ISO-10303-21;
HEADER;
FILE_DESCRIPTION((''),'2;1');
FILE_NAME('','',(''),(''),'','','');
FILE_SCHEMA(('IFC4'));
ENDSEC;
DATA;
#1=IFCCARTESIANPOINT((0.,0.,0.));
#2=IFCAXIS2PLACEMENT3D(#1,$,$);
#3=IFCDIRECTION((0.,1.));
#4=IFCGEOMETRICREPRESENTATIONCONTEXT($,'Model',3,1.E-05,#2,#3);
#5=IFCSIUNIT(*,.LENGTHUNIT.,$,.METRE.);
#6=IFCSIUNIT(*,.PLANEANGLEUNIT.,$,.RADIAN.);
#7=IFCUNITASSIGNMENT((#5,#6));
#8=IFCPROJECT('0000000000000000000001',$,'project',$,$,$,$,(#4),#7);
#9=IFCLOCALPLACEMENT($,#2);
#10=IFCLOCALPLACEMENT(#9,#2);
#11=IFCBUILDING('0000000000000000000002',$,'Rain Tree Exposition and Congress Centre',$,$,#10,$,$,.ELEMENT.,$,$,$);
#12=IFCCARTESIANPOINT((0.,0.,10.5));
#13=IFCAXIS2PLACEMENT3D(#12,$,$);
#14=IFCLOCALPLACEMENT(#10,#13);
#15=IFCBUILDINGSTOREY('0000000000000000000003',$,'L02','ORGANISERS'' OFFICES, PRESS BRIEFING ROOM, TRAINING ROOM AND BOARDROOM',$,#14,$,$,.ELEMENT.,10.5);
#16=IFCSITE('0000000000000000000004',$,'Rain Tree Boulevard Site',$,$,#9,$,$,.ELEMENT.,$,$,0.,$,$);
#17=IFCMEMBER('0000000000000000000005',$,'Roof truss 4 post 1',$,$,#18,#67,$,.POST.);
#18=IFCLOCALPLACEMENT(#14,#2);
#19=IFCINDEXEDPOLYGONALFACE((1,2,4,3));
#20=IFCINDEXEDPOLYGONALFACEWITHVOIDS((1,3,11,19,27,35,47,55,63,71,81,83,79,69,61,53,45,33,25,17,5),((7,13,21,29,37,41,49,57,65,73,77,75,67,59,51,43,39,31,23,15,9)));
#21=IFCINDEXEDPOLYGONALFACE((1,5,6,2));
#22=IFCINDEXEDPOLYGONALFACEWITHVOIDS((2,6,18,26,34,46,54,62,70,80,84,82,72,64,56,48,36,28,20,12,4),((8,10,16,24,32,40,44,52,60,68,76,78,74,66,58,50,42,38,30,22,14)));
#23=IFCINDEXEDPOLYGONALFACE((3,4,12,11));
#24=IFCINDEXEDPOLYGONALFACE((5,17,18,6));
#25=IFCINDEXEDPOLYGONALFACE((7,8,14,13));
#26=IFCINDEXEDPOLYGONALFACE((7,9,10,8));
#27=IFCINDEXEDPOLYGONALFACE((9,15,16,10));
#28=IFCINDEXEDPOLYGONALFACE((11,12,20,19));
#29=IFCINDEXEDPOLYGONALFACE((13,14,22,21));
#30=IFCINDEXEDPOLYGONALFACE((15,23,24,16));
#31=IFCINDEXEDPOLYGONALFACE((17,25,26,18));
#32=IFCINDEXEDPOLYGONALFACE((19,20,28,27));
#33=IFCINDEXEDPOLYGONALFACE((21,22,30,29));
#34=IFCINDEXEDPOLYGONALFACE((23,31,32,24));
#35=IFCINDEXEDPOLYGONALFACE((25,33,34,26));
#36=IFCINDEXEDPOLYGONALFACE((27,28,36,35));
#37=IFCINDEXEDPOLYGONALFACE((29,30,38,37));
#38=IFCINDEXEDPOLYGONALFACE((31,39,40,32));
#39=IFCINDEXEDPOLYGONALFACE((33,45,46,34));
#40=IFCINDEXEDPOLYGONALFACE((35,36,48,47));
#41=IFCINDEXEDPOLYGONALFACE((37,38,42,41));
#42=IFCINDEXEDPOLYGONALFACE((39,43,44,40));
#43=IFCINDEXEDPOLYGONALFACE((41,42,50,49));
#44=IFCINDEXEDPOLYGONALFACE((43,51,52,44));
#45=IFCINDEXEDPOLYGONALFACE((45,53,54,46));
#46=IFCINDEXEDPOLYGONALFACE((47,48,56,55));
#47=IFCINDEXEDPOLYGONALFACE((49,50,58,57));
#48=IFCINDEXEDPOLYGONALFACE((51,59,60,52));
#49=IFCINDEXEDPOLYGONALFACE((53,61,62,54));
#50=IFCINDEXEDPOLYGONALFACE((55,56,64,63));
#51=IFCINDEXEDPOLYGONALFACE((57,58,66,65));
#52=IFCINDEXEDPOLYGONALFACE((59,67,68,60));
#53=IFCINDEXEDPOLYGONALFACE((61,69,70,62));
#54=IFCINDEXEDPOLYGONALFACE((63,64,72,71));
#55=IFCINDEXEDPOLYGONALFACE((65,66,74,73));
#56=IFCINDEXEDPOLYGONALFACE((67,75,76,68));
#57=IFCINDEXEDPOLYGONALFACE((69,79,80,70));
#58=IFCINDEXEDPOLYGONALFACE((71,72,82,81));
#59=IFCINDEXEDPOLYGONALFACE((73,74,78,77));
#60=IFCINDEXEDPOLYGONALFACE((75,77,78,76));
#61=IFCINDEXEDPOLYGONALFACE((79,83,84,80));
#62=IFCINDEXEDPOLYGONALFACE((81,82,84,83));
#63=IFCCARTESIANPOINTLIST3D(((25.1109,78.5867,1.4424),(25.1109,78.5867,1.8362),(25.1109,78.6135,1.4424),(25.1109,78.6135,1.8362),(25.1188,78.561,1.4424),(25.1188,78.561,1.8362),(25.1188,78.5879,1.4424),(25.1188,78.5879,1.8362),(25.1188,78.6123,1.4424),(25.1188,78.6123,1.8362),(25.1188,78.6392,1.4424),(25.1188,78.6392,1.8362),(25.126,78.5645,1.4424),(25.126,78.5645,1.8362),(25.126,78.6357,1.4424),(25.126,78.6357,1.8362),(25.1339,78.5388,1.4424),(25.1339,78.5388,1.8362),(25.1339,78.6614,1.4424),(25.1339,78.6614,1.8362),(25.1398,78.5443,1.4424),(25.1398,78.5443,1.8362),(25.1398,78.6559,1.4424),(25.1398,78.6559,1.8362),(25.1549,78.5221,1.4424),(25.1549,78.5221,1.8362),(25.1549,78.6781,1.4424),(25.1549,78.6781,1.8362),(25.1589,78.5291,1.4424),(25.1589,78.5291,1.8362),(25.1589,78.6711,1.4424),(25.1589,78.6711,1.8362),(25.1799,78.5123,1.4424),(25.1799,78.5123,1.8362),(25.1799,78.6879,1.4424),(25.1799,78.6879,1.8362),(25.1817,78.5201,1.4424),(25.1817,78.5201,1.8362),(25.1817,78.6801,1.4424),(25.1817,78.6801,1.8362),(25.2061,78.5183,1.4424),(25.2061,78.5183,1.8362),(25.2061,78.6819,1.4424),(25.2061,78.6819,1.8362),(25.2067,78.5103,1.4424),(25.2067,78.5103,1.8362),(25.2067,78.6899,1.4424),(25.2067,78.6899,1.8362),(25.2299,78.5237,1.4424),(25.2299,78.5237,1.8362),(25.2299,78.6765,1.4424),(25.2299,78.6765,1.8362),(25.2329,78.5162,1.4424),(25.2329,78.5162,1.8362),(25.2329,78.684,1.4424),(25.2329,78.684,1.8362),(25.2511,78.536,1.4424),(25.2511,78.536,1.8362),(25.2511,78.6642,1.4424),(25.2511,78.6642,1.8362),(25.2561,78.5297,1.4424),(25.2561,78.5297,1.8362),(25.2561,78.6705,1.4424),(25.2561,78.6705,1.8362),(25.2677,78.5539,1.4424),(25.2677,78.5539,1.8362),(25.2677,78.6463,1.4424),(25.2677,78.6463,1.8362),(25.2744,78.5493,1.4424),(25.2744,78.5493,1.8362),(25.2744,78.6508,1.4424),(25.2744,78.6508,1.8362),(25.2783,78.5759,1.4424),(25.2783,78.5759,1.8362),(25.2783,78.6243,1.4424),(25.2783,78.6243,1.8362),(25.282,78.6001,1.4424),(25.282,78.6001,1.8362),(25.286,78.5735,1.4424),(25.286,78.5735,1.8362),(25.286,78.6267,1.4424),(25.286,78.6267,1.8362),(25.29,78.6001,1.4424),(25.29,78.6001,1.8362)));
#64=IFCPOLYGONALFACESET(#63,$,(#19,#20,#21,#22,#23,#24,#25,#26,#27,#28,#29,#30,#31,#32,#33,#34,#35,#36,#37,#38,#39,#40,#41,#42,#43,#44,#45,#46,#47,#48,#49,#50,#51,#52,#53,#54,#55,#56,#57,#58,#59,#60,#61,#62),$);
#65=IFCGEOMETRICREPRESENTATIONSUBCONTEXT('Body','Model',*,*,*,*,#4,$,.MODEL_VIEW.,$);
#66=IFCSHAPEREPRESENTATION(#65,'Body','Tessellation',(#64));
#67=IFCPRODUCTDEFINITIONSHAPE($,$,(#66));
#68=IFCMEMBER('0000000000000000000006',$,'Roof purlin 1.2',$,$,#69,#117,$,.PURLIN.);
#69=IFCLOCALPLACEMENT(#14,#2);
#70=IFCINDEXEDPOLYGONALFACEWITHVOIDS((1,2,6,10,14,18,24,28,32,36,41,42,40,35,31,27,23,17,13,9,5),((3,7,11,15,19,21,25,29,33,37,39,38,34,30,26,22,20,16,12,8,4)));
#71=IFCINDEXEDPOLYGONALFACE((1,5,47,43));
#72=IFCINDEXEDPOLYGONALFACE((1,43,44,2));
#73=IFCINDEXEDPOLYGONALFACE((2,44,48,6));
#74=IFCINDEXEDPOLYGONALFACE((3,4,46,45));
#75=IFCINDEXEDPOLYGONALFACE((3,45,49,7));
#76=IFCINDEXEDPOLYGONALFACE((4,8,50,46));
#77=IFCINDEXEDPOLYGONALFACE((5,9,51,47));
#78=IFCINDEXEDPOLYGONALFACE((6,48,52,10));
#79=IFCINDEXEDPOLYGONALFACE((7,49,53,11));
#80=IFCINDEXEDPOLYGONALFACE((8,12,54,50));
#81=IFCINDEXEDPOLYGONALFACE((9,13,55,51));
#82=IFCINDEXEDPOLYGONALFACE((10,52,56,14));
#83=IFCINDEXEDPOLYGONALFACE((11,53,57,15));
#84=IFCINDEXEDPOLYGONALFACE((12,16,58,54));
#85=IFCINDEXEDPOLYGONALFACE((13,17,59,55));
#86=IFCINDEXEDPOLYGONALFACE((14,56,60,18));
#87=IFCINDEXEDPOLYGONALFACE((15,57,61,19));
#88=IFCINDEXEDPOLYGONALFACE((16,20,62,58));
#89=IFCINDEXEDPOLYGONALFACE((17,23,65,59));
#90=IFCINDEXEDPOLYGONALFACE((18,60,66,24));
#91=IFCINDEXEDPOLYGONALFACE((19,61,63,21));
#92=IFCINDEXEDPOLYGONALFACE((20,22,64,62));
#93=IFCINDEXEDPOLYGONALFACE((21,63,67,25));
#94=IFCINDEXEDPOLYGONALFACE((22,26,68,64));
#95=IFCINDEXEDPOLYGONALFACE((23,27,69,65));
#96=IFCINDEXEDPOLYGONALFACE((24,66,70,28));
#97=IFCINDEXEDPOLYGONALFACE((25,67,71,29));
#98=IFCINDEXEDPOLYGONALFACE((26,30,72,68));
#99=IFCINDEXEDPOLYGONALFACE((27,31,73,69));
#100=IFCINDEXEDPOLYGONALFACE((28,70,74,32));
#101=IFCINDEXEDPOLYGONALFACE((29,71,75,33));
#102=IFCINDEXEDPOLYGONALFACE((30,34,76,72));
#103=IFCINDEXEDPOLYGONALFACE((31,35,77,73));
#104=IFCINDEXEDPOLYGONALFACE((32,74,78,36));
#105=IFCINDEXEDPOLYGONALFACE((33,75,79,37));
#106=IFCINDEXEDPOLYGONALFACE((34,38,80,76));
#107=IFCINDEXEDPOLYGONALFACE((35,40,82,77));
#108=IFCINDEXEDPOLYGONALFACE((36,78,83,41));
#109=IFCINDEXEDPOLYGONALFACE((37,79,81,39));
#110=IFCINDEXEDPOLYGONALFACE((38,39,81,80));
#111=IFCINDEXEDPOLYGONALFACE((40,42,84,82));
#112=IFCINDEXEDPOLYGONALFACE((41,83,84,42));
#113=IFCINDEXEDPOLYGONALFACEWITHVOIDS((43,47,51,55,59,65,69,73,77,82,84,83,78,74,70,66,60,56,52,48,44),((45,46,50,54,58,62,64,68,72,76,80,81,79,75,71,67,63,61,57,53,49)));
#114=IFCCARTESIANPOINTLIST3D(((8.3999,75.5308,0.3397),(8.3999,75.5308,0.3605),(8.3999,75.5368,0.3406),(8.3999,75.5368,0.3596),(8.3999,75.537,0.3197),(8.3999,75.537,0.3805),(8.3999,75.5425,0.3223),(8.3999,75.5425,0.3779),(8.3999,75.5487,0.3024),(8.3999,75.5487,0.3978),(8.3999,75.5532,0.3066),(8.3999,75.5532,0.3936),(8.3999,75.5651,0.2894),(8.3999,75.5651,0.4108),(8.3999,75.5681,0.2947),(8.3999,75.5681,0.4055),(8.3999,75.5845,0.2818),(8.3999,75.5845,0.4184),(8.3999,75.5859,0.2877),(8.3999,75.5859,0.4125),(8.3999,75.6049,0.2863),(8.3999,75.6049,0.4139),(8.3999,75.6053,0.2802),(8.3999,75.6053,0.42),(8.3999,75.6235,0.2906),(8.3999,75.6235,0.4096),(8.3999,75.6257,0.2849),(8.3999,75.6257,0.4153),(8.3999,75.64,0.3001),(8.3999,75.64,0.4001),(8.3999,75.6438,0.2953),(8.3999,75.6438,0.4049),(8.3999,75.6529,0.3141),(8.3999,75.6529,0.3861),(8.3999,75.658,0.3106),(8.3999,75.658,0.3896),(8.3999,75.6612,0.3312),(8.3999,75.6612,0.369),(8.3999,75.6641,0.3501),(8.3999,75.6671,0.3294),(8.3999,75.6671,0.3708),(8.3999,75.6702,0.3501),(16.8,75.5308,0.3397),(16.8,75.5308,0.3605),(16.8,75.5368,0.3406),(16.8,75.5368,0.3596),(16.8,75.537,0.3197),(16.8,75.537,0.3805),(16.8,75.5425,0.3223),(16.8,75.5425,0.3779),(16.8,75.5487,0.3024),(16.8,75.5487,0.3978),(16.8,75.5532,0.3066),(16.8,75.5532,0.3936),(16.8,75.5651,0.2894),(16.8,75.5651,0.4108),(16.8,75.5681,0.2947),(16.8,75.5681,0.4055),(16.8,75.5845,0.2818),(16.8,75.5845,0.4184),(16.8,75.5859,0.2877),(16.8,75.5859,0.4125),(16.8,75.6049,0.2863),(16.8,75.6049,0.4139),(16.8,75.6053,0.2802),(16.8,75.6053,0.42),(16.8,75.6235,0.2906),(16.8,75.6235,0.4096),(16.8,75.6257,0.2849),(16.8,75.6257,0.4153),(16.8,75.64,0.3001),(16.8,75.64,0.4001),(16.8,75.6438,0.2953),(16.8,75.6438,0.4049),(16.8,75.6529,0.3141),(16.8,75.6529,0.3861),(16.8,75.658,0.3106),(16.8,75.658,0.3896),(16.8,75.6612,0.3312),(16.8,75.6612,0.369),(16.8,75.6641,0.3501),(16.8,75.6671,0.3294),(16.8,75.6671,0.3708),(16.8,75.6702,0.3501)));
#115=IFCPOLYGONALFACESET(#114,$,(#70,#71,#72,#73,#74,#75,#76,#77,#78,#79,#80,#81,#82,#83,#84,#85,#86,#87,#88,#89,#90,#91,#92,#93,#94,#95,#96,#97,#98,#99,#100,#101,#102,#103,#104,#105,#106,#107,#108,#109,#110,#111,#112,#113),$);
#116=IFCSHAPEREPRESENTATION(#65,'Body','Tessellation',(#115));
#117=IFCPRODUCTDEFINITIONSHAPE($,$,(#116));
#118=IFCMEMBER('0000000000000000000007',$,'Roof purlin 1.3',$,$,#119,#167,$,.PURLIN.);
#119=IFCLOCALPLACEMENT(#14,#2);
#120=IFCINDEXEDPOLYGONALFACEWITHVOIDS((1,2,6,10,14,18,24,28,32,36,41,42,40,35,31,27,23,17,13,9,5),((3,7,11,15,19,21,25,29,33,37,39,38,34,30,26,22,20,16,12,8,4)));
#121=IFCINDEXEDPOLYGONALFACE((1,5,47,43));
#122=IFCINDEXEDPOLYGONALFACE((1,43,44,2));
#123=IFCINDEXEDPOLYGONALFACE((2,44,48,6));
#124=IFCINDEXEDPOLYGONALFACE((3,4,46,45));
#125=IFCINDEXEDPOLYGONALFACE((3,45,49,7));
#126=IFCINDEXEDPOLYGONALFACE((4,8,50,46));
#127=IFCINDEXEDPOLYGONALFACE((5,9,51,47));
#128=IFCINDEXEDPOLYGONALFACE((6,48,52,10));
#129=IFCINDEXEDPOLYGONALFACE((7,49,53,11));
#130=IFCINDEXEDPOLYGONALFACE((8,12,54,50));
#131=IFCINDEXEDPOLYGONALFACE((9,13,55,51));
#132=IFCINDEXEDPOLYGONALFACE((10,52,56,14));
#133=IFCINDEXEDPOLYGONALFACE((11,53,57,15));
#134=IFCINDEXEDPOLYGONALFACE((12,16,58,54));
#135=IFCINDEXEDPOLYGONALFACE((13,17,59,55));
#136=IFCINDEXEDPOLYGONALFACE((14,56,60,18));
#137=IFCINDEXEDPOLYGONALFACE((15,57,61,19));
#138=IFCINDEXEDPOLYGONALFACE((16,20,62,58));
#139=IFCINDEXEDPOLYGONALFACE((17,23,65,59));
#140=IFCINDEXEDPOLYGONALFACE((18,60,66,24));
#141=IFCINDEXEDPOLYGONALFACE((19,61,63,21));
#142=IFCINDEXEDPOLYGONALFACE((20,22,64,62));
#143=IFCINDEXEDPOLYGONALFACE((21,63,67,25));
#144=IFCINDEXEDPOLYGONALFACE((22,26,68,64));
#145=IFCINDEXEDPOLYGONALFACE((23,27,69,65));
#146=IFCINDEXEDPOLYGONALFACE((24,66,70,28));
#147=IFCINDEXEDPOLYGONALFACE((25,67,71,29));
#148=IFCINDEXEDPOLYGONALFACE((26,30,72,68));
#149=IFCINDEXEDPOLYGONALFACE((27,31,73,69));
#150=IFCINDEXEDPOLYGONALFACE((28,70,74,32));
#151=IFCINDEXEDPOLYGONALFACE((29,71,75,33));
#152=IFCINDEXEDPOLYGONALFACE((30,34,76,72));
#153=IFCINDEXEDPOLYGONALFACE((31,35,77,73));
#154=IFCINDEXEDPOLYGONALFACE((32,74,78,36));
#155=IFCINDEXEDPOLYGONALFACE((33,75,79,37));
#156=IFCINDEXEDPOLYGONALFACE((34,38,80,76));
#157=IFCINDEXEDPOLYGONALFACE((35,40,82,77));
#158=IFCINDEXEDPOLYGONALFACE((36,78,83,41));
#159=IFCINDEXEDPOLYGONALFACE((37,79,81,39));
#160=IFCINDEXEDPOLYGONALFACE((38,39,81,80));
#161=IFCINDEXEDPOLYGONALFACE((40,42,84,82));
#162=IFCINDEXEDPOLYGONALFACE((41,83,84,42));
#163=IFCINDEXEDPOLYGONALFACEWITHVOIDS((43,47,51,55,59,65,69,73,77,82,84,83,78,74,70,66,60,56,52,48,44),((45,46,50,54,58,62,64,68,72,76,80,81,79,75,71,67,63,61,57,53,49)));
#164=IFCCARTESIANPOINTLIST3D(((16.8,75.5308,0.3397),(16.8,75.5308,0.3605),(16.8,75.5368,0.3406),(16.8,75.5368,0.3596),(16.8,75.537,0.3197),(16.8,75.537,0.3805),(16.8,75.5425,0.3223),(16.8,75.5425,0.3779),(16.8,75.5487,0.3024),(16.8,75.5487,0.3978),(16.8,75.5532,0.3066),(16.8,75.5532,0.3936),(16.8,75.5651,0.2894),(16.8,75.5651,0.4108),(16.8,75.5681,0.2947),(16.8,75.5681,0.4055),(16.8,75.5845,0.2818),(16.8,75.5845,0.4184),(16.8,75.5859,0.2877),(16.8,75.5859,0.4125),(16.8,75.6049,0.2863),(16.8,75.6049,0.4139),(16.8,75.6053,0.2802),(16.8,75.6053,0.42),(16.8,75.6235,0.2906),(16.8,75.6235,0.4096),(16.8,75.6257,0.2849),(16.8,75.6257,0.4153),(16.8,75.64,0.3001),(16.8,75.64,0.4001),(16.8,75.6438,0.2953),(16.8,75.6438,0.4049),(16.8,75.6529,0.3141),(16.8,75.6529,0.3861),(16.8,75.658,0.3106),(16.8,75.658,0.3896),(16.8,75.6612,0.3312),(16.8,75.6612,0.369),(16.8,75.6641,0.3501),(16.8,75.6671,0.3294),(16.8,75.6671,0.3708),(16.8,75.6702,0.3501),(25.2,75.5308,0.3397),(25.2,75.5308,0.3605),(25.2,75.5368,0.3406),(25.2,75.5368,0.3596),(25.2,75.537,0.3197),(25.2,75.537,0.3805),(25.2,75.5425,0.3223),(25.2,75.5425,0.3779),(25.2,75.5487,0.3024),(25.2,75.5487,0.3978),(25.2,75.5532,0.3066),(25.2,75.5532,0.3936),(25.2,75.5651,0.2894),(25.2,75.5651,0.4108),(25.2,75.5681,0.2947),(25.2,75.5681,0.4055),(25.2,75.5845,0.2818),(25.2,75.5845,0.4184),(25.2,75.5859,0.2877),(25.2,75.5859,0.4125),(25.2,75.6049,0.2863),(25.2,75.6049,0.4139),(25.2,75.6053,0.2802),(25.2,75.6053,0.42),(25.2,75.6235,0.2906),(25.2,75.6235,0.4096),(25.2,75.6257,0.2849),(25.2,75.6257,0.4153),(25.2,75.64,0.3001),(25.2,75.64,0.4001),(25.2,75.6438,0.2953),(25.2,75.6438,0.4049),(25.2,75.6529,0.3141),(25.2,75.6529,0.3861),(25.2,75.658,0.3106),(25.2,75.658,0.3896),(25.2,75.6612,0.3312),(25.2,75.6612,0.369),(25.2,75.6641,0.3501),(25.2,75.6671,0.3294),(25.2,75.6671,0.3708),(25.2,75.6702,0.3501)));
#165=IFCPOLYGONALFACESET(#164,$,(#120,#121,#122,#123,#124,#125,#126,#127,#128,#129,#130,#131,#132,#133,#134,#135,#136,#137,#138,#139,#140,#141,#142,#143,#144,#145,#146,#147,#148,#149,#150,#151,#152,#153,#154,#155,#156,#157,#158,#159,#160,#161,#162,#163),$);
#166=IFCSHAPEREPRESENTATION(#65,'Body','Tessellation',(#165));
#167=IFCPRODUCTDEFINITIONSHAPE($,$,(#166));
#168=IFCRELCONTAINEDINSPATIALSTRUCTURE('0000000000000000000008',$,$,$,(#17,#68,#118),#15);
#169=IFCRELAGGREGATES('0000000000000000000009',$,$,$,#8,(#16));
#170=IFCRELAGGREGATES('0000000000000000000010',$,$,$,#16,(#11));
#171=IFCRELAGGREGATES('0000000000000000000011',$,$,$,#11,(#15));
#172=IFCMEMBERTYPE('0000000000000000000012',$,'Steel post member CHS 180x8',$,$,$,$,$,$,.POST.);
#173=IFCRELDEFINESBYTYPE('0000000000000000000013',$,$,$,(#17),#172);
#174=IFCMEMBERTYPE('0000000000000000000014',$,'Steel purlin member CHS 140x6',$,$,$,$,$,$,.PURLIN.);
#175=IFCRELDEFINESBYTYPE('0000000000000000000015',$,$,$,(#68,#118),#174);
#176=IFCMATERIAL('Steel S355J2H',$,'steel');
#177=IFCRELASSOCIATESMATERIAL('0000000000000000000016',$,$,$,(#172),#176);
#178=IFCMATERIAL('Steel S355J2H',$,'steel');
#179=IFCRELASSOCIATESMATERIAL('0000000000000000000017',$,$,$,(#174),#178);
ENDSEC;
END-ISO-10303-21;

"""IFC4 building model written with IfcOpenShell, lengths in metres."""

from ifc_helpers import new_model, si_unit, direction, frame, origin, origin_2d, place, context, subcontext, project, spatial, hollow_circle, extrude, material, material_profile, profile_set, type_object, element, save


model = new_model("IFC4")

# Units and contexts
model_context = context("Model", 3, precision=1e-05, world=origin(), true_north=direction((0.0, 1.0)))
body_context = subcontext(model_context, "Body", "Model", "MODEL_VIEW")
ifc_project = project(units=[si_unit("LENGTHUNIT", "METRE"), si_unit("PLANEANGLEUNIT", "RADIAN")], contexts=[model_context])

# Site, building, storey
site_placement = place(None, origin())
site = spatial("IfcSite", under=ifc_project, at=site_placement, Name="Rain Tree Boulevard Site", CompositionType="ELEMENT", RefElevation=0.0)
building_placement = place(site_placement, origin())
building = spatial("IfcBuilding", under=site, at=building_placement, Name="Rain Tree Exposition and Congress Centre", CompositionType="ELEMENT")
storey_placement = place(building_placement, frame((0.0, 0.0, 10.5)))
storey = spatial("IfcBuildingStorey", under=building, at=storey_placement, Name="L02", Description="ORGANISERS' OFFICES, PRESS BRIEFING ROOM, TRAINING ROOM AND BOARDROOM", CompositionType="ELEMENT", Elevation=10.5)

# Members
ifc_material_1 = material(Name="Steel S355J2H", Category="steel")
ifc_material_profile_1 = material_profile(ifc_material_1, hollow_circle(Radius=0.0901, WallThickness=0.0081, at=origin_2d()), Name="CHS 180x8")
ifc_profile_set_1 = profile_set([ifc_material_profile_1], Name="Steel S355J2H")
member_type_1 = type_object("IfcMemberType", Name="Steel post member CHS 180x8", PredefinedType="POST", material=ifc_profile_set_1)
for number, where, z_axis, x_axis, name in (
    (1, (25.2, 78.6001, 1.4424), (0.0, 0.0, 1.0), (1.0, 0.0, 0.0), "Roof truss 4 post 1"),
):
    element("IfcMember", number, at=place(storey_placement, frame(where, z_axis=z_axis, x_axis=x_axis)), inside=storey, type_object=member_type_1, Name=name, PredefinedType="POST", context=body_context, shape_type="SweptSolid", body=[
        extrude(hollow_circle(Radius=0.0901, WallThickness=0.0081, at=origin_2d()), origin(), (0.0, 0.0, 1.0), 0.3938),
    ])
ifc_material_2 = material(Name="Steel S355J2H", Category="steel")
ifc_material_profile_2 = material_profile(ifc_material_2, hollow_circle(Radius=0.0701, WallThickness=0.0061, at=origin_2d()), Name="CHS 140x6")
ifc_profile_set_2 = profile_set([ifc_material_profile_2], Name="Steel S355J2H")
member_type_2 = type_object("IfcMemberType", Name="Steel purlin member CHS 140x6", PredefinedType="PURLIN", material=ifc_profile_set_2)
member_1_placement = place(storey_placement, frame((8.3999, 75.6001, 0.3501), z_axis=(1.0, 0.0, 0.0), x_axis=(0.0, 1.0, 0.0)))
element("IfcMember", 2, at=member_1_placement, inside=storey, type_object=member_type_2, Name="Roof purlin 1.2", PredefinedType="PURLIN", context=body_context, shape_type="SweptSolid", body=[
    extrude(hollow_circle(Radius=0.0701, WallThickness=0.0061, at=origin_2d()), origin(), (0.0, 0.0, 1.0), 8.4001),
])
member_2_placement = place(storey_placement, frame((16.8, 75.6001, 0.3501), z_axis=(1.0, 0.0, 0.0), x_axis=(0.0, 1.0, 0.0)))
element("IfcMember", 3, at=member_2_placement, inside=storey, type_object=member_type_2, Name="Roof purlin 1.3", PredefinedType="PURLIN", context=body_context, shape_type="SweptSolid", body=[
    extrude(hollow_circle(Radius=0.0701, WallThickness=0.0061, at=origin_2d()), origin(), (0.0, 0.0, 1.0), 8.3999),
])

save(model, "model.ifc")
